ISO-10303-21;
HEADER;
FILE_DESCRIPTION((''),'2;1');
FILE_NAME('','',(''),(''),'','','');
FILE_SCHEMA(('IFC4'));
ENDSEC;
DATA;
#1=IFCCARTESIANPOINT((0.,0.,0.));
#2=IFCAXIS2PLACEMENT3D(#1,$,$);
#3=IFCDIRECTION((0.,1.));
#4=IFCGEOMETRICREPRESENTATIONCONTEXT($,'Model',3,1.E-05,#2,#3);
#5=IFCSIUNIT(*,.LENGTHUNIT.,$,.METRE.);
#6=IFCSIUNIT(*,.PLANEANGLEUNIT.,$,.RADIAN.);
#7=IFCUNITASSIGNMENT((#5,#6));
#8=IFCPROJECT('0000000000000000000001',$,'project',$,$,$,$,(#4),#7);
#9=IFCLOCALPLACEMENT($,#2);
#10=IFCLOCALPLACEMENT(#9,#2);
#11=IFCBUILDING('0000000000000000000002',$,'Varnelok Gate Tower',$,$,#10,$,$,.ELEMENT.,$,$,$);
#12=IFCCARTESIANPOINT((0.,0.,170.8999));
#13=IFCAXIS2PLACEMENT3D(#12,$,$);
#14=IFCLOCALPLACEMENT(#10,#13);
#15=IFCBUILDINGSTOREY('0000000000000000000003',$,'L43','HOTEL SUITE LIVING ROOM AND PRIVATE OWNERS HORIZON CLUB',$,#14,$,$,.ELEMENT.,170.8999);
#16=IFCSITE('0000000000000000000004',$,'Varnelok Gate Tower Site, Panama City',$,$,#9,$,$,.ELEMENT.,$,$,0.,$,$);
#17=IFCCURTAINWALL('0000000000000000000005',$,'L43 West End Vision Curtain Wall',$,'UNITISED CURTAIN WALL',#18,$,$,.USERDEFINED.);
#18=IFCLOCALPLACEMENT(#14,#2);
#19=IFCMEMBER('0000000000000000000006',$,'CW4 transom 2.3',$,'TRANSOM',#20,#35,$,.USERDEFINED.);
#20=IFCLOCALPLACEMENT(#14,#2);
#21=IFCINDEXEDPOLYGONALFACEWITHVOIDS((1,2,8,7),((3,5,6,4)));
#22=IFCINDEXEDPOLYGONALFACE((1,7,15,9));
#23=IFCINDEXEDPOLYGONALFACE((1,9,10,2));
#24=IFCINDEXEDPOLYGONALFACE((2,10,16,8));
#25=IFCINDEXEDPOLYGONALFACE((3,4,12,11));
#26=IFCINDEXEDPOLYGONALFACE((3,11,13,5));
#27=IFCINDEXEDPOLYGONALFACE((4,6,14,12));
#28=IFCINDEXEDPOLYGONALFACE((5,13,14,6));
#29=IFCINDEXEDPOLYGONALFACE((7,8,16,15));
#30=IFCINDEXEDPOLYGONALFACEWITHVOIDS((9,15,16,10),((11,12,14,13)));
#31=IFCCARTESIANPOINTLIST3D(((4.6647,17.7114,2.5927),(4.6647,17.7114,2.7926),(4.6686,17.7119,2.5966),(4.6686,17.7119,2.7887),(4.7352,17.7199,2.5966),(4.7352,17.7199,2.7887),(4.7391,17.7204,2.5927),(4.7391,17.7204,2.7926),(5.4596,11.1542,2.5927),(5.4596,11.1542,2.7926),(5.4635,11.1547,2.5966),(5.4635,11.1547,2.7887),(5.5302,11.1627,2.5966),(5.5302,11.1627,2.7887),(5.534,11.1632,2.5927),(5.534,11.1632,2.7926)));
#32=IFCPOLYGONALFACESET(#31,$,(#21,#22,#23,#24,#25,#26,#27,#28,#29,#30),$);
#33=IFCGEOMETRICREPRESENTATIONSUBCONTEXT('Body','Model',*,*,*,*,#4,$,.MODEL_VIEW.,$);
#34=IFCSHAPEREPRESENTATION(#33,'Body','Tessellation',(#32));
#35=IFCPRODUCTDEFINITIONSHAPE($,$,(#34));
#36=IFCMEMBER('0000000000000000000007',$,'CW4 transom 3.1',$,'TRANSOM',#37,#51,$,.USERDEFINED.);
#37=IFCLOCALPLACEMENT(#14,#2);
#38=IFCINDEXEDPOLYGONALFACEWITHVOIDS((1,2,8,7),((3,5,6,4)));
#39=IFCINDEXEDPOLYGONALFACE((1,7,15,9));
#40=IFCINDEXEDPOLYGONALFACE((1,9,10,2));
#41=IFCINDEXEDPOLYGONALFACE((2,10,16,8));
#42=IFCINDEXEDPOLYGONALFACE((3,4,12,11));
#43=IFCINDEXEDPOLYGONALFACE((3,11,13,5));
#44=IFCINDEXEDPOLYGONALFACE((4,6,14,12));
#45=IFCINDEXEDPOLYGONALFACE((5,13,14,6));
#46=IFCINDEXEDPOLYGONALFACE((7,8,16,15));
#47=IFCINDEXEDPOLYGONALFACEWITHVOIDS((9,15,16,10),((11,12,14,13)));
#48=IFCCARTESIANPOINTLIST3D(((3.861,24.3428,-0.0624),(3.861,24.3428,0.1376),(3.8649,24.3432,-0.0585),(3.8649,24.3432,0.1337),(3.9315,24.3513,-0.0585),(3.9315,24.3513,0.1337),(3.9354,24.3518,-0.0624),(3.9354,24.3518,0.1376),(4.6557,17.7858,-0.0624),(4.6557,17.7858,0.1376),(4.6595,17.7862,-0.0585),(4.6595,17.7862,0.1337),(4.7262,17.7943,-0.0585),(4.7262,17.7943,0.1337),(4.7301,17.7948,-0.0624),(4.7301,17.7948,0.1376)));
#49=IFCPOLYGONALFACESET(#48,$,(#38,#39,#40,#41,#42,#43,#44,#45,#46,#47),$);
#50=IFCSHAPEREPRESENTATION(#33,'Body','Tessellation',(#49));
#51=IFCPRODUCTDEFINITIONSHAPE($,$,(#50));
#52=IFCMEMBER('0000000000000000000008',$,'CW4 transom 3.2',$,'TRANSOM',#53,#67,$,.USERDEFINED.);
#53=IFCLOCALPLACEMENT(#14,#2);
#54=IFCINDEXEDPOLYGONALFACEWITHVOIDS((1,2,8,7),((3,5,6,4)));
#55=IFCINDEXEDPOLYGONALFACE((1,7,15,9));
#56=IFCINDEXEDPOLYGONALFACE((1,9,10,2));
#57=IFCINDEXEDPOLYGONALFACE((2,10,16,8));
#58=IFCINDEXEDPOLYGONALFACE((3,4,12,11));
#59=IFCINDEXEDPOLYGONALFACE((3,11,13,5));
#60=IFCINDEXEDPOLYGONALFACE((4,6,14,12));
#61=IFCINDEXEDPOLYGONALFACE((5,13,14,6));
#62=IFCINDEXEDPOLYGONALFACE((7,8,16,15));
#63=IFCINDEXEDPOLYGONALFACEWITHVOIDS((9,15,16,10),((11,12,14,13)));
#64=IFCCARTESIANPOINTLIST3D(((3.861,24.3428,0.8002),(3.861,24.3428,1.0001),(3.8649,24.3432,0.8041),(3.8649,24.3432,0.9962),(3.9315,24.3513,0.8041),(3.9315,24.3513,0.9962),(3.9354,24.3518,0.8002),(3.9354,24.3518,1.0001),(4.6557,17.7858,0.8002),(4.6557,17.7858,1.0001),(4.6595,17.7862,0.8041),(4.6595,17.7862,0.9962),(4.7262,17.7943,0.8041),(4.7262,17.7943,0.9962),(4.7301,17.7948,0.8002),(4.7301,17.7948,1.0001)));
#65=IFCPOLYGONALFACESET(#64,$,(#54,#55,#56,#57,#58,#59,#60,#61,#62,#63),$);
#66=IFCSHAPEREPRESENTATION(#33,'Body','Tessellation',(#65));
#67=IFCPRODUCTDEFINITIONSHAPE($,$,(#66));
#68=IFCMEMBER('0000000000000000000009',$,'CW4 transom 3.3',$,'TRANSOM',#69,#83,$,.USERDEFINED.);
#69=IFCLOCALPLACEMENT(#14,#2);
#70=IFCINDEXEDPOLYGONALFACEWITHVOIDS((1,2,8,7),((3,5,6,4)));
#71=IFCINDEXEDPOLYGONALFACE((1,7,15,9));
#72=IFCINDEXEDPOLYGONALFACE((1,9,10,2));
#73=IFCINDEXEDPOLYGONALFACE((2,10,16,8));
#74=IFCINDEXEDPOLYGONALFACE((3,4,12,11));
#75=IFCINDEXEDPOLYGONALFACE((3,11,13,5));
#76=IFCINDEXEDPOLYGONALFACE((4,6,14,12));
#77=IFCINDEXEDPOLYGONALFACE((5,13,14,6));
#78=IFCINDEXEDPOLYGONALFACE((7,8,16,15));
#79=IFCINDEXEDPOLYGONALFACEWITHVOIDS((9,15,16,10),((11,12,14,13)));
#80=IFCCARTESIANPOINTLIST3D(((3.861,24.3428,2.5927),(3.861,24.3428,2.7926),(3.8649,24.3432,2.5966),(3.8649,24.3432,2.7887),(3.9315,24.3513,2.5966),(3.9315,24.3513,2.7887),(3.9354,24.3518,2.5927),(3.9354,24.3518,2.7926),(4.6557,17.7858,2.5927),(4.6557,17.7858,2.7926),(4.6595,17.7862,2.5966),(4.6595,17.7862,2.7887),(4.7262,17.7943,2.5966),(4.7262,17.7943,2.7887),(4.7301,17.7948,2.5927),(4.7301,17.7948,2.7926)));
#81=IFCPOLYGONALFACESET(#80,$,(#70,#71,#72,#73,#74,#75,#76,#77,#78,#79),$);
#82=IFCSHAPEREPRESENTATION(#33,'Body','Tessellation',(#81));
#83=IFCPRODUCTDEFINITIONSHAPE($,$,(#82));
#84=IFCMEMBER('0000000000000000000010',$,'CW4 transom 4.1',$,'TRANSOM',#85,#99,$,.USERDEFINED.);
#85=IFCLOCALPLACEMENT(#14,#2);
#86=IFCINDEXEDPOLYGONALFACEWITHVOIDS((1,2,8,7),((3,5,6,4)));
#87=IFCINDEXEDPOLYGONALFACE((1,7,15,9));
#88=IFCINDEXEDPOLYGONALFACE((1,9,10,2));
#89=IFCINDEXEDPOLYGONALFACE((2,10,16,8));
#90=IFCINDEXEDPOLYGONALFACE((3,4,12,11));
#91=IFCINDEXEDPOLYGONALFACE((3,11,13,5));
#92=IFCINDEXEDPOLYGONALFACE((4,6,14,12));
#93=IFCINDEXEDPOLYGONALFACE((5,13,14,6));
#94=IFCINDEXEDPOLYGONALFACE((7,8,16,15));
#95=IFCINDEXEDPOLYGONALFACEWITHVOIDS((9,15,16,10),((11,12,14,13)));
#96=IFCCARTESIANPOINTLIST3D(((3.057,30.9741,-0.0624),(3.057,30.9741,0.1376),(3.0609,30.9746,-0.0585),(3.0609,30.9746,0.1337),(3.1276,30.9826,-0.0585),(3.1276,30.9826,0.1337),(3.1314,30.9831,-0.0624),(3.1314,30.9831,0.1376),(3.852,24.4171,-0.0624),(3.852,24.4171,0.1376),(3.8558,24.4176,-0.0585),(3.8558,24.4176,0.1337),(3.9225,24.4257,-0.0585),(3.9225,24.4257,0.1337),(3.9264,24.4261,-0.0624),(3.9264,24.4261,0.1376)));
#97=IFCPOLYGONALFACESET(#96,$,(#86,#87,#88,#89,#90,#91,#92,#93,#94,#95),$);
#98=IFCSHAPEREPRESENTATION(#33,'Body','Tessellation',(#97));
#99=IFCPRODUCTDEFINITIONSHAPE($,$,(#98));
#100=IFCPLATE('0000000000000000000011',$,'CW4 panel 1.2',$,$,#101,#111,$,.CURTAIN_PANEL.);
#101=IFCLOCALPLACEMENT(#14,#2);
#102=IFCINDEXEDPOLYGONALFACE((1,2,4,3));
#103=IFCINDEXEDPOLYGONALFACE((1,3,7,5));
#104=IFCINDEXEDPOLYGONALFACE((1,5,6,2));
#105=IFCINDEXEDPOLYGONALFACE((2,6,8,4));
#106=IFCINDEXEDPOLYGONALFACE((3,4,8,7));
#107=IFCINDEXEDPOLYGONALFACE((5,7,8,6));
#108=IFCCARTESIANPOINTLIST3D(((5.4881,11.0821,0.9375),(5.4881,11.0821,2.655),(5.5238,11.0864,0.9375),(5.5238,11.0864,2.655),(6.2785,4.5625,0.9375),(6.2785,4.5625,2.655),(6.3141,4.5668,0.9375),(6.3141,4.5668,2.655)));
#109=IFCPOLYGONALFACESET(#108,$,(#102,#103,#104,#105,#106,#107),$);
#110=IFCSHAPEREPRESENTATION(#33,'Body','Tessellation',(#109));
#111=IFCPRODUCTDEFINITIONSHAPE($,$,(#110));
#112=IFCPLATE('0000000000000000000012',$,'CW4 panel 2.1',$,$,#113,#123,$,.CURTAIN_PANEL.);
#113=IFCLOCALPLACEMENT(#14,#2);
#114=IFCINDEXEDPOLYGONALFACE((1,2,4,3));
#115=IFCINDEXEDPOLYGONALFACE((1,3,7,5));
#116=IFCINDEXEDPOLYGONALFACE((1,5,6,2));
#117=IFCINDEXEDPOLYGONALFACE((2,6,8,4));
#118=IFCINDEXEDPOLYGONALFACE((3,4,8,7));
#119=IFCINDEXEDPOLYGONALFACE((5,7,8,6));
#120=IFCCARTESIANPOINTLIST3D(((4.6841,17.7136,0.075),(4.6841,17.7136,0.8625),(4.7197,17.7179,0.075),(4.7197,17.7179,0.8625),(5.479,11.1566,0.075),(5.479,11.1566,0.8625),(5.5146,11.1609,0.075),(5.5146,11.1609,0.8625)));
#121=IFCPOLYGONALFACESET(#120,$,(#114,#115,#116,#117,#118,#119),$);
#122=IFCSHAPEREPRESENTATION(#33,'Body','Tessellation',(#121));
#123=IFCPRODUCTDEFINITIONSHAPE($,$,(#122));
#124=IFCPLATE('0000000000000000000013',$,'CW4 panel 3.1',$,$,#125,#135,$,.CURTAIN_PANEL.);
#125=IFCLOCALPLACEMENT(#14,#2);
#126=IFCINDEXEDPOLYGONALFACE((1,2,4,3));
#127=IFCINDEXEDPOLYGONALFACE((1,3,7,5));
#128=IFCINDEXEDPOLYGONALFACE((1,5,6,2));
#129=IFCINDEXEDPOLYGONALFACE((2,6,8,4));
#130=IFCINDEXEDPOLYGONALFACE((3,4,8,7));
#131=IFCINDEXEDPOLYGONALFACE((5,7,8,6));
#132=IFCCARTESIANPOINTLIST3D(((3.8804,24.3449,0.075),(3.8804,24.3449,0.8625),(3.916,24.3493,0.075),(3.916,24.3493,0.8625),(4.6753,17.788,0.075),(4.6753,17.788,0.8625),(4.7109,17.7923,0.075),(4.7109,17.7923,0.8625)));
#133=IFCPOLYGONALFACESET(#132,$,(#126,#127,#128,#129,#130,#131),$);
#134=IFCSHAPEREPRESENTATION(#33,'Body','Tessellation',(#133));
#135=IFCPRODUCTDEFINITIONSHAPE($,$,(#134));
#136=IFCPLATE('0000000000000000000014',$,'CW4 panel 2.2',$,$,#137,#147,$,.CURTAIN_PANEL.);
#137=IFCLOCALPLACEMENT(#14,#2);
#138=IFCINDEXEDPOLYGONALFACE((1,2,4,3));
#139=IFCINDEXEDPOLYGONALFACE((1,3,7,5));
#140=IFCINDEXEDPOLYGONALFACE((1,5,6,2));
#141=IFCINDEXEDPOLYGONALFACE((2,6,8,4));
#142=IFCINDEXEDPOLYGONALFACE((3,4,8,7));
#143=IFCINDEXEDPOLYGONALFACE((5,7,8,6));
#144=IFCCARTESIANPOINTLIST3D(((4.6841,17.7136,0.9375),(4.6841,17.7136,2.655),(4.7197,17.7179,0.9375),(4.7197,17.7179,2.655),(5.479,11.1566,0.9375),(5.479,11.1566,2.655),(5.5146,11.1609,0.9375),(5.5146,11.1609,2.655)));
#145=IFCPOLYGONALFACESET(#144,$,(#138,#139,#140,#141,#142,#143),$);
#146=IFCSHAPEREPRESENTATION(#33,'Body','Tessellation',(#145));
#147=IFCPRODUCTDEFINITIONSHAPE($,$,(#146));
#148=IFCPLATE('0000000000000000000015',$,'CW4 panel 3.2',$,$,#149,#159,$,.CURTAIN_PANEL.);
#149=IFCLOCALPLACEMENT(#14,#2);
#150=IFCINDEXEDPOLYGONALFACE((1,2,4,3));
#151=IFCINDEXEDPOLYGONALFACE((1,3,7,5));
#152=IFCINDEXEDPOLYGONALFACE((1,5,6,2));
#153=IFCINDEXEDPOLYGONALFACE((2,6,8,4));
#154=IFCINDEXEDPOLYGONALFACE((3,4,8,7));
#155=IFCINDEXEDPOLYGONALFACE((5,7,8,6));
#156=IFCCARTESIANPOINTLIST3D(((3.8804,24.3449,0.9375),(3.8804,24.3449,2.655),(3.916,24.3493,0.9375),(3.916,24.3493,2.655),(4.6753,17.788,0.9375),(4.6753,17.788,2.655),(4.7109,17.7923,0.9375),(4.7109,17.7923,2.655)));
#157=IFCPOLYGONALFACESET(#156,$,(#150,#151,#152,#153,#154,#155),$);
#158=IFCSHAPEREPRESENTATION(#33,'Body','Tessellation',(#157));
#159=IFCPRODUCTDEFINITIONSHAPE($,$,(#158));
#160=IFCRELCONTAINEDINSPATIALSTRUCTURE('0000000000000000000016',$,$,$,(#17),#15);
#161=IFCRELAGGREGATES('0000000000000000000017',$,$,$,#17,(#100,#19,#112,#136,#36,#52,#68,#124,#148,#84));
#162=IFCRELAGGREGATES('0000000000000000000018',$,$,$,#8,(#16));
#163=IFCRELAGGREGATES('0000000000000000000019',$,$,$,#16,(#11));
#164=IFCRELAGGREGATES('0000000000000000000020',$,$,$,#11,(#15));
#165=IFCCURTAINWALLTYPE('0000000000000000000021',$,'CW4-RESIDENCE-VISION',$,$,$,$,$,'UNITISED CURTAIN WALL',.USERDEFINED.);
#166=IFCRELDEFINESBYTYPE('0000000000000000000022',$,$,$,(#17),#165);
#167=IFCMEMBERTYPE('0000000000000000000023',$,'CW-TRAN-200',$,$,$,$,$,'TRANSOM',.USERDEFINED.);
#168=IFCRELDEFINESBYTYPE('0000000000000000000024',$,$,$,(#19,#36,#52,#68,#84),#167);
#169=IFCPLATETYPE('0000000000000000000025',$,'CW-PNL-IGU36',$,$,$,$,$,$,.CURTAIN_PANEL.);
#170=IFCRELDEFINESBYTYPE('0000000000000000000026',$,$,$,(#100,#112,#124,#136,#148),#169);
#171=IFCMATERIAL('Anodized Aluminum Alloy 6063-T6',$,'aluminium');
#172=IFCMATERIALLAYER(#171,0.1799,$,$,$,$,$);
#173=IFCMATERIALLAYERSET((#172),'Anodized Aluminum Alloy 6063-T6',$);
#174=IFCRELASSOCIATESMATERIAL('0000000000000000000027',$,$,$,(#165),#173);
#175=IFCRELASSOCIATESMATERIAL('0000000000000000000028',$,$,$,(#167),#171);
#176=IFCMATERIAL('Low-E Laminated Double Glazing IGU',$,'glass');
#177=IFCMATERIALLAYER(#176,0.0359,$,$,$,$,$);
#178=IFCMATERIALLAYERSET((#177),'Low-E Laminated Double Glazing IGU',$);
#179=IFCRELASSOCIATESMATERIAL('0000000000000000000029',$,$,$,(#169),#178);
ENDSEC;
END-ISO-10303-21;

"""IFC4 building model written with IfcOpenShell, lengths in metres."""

from ifc_helpers import new_model, si_unit, direction, frame, origin, origin_2d, place, context, subcontext, project, spatial, rectangle, hollow_rectangle, extrude, source, transform, mapped, material, layer, layer_set, material_profile, profile_set, type_object, element, aggregate, save


model = new_model("IFC4")

# Units and contexts
model_context = context("Model", 3, precision=1e-05, world=origin(), true_north=direction((0.0, 1.0)))
body_context = subcontext(model_context, "Body", "Model", "MODEL_VIEW")
ifc_project = project(units=[si_unit("LENGTHUNIT", "METRE"), si_unit("PLANEANGLEUNIT", "RADIAN")], contexts=[model_context])

# Site, building, storey
site_placement = place(None, origin())
site = spatial("IfcSite", under=ifc_project, at=site_placement, Name="Varnelok Gate Tower Site, Panama City", CompositionType="ELEMENT", RefElevation=0.0)
building_placement = place(site_placement, origin())
building = spatial("IfcBuilding", under=site, at=building_placement, Name="Varnelok Gate Tower", CompositionType="ELEMENT")
storey_placement = place(building_placement, frame((0.0, 0.0, 170.8999)))
storey = spatial("IfcBuildingStorey", under=building, at=storey_placement, Name="L43", Description="HOTEL SUITE LIVING ROOM AND PRIVATE OWNERS HORIZON CLUB", CompositionType="ELEMENT", Elevation=170.8999)

# Curtain wall, members, plates
ifc_material_1 = material(Name="Anodized Aluminum Alloy 6063-T6", Category="aluminium")
ifc_layer_1 = layer(ifc_material_1, 0.1799)
ifc_layer_set_1 = layer_set([ifc_layer_1], Name="Anodized Aluminum Alloy 6063-T6")
curtain_wall_type = type_object("IfcCurtainWallType", Name="CW4-RESIDENCE-VISION", ElementType="UNITISED CURTAIN WALL", PredefinedType="USERDEFINED", material=ifc_layer_set_1)
curtain_wall_placement = place(storey_placement, origin())
curtain_wall = element("IfcCurtainWall", 1, at=curtain_wall_placement, inside=storey, type_object=curtain_wall_type, Name="L43 West End Vision Curtain Wall", ObjectType="UNITISED CURTAIN WALL", PredefinedType="USERDEFINED")
ifc_material_profile_1 = material_profile(ifc_material_1, hollow_rectangle(XDim=0.075, YDim=0.2, WallThickness=0.0039, at=origin_2d()), Name="ALU200X75X4")
ifc_profile_set_1 = profile_set([ifc_material_profile_1], Name="Anodized Aluminum Alloy 6063-T6")
member_type_1 = type_object("IfcMemberType", Name="CW-TRAN-200", ElementType="TRANSOM", PredefinedType="USERDEFINED", material=ifc_profile_set_1)
member_1_placement = place(storey_placement, frame((5.4968, 11.1587, 2.6926), z_axis=(-0.120349, 0.992732, 0.0), x_axis=(-0.992732, -0.120349, 0.0)))
member_1 = element("IfcMember", 2, at=member_1_placement, type_object=member_type_1, Name="CW4 transom 2.3", ObjectType="TRANSOM", PredefinedType="USERDEFINED", context=body_context, shape_type="SweptSolid", body=[
    extrude(hollow_rectangle(XDim=0.075, YDim=0.2, WallThickness=0.0039, at=origin_2d()), origin(), (0.0, 0.0, 1.0), 6.6052),
])
member_2_placement = place(storey_placement, frame((4.6929, 17.7903, 0.0376), z_axis=(-0.120317, 0.992736, 0.0), x_axis=(-0.992736, -0.120317, 0.0)))
member_2 = element("IfcMember", 3, at=member_2_placement, type_object=member_type_1, Name="CW4 transom 3.1", ObjectType="TRANSOM", PredefinedType="USERDEFINED", context=body_context, shape_type="SweptSolid", body=[
    extrude(hollow_rectangle(XDim=0.075, YDim=0.2, WallThickness=0.0039, at=origin_2d()), origin(), (0.0, 0.0, 1.0), 6.605),
])
member_3_placement = place(storey_placement, frame((4.6929, 17.7903, 0.9001), z_axis=(-0.120317, 0.992736, 0.0), x_axis=(-0.992736, -0.120317, 0.0)))
member_3 = element("IfcMember", 4, at=member_3_placement, type_object=member_type_1, Name="CW4 transom 3.2", ObjectType="TRANSOM", PredefinedType="USERDEFINED", context=body_context, shape_type="SweptSolid", body=[
    extrude(hollow_rectangle(XDim=0.075, YDim=0.2, WallThickness=0.0039, at=origin_2d()), origin(), (0.0, 0.0, 1.0), 6.605),
])
member_4_placement = place(storey_placement, frame((4.6929, 17.7903, 2.6926), z_axis=(-0.120317, 0.992736, 0.0), x_axis=(-0.992736, -0.120317, 0.0)))
member_4 = element("IfcMember", 5, at=member_4_placement, type_object=member_type_1, Name="CW4 transom 3.3", ObjectType="TRANSOM", PredefinedType="USERDEFINED", context=body_context, shape_type="SweptSolid", body=[
    extrude(hollow_rectangle(XDim=0.075, YDim=0.2, WallThickness=0.0039, at=origin_2d()), origin(), (0.0, 0.0, 1.0), 6.605),
])
member_5_placement = place(storey_placement, frame((3.8892, 24.4216, 0.0376), z_axis=(-0.120353, 0.992731, 0.0), x_axis=(-0.992731, -0.120353, 0.0)))
member_5 = element("IfcMember", 6, at=member_5_placement, type_object=member_type_1, Name="CW4 transom 4.1", ObjectType="TRANSOM", PredefinedType="USERDEFINED", context=body_context, shape_type="SweptSolid", body=[
    extrude(hollow_rectangle(XDim=0.075, YDim=0.2, WallThickness=0.0039, at=origin_2d()), origin(), (0.0, 0.0, 1.0), 6.605),
])
ifc_material_2 = material(Name="Low-E Laminated Double Glazing IGU", Category="glass")
ifc_layer_2 = layer(ifc_material_2, 0.0359)
ifc_layer_set_2 = layer_set([ifc_layer_2], Name="Low-E Laminated Double Glazing IGU")
plate_type = type_object("IfcPlateType", Name="CW-PNL-IGU36", PredefinedType="CURTAIN_PANEL", material=ifc_layer_set_2)
shared_shape_1 = source(origin(), body_context, "Body", "SweptSolid", [
    extrude(rectangle(XDim=6.5674, YDim=0.0359, at=origin_2d()), origin(), (0.0, 0.0, 1.0), 1.7175),
])
plate_1_placement = place(storey_placement, frame((5.9011, 7.8245, 0.9375), z_axis=(0.0, 0.0, 1.0), x_axis=(-0.120345, 0.992732, 0.0)))
plate_1 = element("IfcPlate", 7, at=plate_1_placement, type_object=plate_type, Name="CW4 panel 1.2", PredefinedType="CURTAIN_PANEL", context=body_context, shape_type="MappedRepresentation", body=[
    mapped(shared_shape_1, transform((0.0, 0.0, 0.0), scale=1.0)),
])
shared_shape_2 = source(origin(), body_context, "Body", "SweptSolid", [
    extrude(rectangle(XDim=6.605, YDim=0.0359, at=origin_2d()), origin(), (0.0, 0.0, 1.0), 0.7876),
])
plate_2_placement = place(storey_placement, frame((5.0994, 14.4373, 0.075), z_axis=(0.0, 0.0, 1.0), x_axis=(-0.120345, 0.992732, 0.0)))
plate_2 = element("IfcPlate", 8, at=plate_2_placement, type_object=plate_type, Name="CW4 panel 2.1", PredefinedType="CURTAIN_PANEL", context=body_context, shape_type="MappedRepresentation", body=[
    mapped(shared_shape_2, transform((0.0, 0.0, 0.0), scale=1.0)),
])
plate_3_placement = place(storey_placement, frame((4.2957, 21.0686, 0.075), z_axis=(0.0, 0.0, 1.0), x_axis=(-0.120345, 0.992732, 0.0)))
plate_3 = element("IfcPlate", 9, at=plate_3_placement, type_object=plate_type, Name="CW4 panel 3.1", PredefinedType="CURTAIN_PANEL", context=body_context, shape_type="MappedRepresentation", body=[
    mapped(shared_shape_2, transform((0.0, 0.0, 0.0), scale=1.0)),
])
shared_shape_3 = source(origin(), body_context, "Body", "SweptSolid", [
    extrude(rectangle(XDim=6.605, YDim=0.0359, at=origin_2d()), origin(), (0.0, 0.0, 1.0), 1.7175),
])
plate_4_placement = place(storey_placement, frame((5.0994, 14.4373, 0.9375), z_axis=(0.0, 0.0, 1.0), x_axis=(-0.120345, 0.992732, 0.0)))
plate_4 = element("IfcPlate", 10, at=plate_4_placement, type_object=plate_type, Name="CW4 panel 2.2", PredefinedType="CURTAIN_PANEL", context=body_context, shape_type="MappedRepresentation", body=[
    mapped(shared_shape_3, transform((0.0, 0.0, 0.0), scale=1.0)),
])
plate_5_placement = place(storey_placement, frame((4.2957, 21.0686, 0.9375), z_axis=(0.0, 0.0, 1.0), x_axis=(-0.120345, 0.992732, 0.0)))
plate_5 = element("IfcPlate", 11, at=plate_5_placement, type_object=plate_type, Name="CW4 panel 3.2", PredefinedType="CURTAIN_PANEL", context=body_context, shape_type="MappedRepresentation", body=[
    mapped(shared_shape_3, transform((0.0, 0.0, 0.0), scale=1.0)),
])
aggregate(curtain_wall, [plate_1, member_1, plate_2, plate_4, member_2, member_3, member_4, plate_3, plate_5, member_5])

save(model, "model.ifc")
